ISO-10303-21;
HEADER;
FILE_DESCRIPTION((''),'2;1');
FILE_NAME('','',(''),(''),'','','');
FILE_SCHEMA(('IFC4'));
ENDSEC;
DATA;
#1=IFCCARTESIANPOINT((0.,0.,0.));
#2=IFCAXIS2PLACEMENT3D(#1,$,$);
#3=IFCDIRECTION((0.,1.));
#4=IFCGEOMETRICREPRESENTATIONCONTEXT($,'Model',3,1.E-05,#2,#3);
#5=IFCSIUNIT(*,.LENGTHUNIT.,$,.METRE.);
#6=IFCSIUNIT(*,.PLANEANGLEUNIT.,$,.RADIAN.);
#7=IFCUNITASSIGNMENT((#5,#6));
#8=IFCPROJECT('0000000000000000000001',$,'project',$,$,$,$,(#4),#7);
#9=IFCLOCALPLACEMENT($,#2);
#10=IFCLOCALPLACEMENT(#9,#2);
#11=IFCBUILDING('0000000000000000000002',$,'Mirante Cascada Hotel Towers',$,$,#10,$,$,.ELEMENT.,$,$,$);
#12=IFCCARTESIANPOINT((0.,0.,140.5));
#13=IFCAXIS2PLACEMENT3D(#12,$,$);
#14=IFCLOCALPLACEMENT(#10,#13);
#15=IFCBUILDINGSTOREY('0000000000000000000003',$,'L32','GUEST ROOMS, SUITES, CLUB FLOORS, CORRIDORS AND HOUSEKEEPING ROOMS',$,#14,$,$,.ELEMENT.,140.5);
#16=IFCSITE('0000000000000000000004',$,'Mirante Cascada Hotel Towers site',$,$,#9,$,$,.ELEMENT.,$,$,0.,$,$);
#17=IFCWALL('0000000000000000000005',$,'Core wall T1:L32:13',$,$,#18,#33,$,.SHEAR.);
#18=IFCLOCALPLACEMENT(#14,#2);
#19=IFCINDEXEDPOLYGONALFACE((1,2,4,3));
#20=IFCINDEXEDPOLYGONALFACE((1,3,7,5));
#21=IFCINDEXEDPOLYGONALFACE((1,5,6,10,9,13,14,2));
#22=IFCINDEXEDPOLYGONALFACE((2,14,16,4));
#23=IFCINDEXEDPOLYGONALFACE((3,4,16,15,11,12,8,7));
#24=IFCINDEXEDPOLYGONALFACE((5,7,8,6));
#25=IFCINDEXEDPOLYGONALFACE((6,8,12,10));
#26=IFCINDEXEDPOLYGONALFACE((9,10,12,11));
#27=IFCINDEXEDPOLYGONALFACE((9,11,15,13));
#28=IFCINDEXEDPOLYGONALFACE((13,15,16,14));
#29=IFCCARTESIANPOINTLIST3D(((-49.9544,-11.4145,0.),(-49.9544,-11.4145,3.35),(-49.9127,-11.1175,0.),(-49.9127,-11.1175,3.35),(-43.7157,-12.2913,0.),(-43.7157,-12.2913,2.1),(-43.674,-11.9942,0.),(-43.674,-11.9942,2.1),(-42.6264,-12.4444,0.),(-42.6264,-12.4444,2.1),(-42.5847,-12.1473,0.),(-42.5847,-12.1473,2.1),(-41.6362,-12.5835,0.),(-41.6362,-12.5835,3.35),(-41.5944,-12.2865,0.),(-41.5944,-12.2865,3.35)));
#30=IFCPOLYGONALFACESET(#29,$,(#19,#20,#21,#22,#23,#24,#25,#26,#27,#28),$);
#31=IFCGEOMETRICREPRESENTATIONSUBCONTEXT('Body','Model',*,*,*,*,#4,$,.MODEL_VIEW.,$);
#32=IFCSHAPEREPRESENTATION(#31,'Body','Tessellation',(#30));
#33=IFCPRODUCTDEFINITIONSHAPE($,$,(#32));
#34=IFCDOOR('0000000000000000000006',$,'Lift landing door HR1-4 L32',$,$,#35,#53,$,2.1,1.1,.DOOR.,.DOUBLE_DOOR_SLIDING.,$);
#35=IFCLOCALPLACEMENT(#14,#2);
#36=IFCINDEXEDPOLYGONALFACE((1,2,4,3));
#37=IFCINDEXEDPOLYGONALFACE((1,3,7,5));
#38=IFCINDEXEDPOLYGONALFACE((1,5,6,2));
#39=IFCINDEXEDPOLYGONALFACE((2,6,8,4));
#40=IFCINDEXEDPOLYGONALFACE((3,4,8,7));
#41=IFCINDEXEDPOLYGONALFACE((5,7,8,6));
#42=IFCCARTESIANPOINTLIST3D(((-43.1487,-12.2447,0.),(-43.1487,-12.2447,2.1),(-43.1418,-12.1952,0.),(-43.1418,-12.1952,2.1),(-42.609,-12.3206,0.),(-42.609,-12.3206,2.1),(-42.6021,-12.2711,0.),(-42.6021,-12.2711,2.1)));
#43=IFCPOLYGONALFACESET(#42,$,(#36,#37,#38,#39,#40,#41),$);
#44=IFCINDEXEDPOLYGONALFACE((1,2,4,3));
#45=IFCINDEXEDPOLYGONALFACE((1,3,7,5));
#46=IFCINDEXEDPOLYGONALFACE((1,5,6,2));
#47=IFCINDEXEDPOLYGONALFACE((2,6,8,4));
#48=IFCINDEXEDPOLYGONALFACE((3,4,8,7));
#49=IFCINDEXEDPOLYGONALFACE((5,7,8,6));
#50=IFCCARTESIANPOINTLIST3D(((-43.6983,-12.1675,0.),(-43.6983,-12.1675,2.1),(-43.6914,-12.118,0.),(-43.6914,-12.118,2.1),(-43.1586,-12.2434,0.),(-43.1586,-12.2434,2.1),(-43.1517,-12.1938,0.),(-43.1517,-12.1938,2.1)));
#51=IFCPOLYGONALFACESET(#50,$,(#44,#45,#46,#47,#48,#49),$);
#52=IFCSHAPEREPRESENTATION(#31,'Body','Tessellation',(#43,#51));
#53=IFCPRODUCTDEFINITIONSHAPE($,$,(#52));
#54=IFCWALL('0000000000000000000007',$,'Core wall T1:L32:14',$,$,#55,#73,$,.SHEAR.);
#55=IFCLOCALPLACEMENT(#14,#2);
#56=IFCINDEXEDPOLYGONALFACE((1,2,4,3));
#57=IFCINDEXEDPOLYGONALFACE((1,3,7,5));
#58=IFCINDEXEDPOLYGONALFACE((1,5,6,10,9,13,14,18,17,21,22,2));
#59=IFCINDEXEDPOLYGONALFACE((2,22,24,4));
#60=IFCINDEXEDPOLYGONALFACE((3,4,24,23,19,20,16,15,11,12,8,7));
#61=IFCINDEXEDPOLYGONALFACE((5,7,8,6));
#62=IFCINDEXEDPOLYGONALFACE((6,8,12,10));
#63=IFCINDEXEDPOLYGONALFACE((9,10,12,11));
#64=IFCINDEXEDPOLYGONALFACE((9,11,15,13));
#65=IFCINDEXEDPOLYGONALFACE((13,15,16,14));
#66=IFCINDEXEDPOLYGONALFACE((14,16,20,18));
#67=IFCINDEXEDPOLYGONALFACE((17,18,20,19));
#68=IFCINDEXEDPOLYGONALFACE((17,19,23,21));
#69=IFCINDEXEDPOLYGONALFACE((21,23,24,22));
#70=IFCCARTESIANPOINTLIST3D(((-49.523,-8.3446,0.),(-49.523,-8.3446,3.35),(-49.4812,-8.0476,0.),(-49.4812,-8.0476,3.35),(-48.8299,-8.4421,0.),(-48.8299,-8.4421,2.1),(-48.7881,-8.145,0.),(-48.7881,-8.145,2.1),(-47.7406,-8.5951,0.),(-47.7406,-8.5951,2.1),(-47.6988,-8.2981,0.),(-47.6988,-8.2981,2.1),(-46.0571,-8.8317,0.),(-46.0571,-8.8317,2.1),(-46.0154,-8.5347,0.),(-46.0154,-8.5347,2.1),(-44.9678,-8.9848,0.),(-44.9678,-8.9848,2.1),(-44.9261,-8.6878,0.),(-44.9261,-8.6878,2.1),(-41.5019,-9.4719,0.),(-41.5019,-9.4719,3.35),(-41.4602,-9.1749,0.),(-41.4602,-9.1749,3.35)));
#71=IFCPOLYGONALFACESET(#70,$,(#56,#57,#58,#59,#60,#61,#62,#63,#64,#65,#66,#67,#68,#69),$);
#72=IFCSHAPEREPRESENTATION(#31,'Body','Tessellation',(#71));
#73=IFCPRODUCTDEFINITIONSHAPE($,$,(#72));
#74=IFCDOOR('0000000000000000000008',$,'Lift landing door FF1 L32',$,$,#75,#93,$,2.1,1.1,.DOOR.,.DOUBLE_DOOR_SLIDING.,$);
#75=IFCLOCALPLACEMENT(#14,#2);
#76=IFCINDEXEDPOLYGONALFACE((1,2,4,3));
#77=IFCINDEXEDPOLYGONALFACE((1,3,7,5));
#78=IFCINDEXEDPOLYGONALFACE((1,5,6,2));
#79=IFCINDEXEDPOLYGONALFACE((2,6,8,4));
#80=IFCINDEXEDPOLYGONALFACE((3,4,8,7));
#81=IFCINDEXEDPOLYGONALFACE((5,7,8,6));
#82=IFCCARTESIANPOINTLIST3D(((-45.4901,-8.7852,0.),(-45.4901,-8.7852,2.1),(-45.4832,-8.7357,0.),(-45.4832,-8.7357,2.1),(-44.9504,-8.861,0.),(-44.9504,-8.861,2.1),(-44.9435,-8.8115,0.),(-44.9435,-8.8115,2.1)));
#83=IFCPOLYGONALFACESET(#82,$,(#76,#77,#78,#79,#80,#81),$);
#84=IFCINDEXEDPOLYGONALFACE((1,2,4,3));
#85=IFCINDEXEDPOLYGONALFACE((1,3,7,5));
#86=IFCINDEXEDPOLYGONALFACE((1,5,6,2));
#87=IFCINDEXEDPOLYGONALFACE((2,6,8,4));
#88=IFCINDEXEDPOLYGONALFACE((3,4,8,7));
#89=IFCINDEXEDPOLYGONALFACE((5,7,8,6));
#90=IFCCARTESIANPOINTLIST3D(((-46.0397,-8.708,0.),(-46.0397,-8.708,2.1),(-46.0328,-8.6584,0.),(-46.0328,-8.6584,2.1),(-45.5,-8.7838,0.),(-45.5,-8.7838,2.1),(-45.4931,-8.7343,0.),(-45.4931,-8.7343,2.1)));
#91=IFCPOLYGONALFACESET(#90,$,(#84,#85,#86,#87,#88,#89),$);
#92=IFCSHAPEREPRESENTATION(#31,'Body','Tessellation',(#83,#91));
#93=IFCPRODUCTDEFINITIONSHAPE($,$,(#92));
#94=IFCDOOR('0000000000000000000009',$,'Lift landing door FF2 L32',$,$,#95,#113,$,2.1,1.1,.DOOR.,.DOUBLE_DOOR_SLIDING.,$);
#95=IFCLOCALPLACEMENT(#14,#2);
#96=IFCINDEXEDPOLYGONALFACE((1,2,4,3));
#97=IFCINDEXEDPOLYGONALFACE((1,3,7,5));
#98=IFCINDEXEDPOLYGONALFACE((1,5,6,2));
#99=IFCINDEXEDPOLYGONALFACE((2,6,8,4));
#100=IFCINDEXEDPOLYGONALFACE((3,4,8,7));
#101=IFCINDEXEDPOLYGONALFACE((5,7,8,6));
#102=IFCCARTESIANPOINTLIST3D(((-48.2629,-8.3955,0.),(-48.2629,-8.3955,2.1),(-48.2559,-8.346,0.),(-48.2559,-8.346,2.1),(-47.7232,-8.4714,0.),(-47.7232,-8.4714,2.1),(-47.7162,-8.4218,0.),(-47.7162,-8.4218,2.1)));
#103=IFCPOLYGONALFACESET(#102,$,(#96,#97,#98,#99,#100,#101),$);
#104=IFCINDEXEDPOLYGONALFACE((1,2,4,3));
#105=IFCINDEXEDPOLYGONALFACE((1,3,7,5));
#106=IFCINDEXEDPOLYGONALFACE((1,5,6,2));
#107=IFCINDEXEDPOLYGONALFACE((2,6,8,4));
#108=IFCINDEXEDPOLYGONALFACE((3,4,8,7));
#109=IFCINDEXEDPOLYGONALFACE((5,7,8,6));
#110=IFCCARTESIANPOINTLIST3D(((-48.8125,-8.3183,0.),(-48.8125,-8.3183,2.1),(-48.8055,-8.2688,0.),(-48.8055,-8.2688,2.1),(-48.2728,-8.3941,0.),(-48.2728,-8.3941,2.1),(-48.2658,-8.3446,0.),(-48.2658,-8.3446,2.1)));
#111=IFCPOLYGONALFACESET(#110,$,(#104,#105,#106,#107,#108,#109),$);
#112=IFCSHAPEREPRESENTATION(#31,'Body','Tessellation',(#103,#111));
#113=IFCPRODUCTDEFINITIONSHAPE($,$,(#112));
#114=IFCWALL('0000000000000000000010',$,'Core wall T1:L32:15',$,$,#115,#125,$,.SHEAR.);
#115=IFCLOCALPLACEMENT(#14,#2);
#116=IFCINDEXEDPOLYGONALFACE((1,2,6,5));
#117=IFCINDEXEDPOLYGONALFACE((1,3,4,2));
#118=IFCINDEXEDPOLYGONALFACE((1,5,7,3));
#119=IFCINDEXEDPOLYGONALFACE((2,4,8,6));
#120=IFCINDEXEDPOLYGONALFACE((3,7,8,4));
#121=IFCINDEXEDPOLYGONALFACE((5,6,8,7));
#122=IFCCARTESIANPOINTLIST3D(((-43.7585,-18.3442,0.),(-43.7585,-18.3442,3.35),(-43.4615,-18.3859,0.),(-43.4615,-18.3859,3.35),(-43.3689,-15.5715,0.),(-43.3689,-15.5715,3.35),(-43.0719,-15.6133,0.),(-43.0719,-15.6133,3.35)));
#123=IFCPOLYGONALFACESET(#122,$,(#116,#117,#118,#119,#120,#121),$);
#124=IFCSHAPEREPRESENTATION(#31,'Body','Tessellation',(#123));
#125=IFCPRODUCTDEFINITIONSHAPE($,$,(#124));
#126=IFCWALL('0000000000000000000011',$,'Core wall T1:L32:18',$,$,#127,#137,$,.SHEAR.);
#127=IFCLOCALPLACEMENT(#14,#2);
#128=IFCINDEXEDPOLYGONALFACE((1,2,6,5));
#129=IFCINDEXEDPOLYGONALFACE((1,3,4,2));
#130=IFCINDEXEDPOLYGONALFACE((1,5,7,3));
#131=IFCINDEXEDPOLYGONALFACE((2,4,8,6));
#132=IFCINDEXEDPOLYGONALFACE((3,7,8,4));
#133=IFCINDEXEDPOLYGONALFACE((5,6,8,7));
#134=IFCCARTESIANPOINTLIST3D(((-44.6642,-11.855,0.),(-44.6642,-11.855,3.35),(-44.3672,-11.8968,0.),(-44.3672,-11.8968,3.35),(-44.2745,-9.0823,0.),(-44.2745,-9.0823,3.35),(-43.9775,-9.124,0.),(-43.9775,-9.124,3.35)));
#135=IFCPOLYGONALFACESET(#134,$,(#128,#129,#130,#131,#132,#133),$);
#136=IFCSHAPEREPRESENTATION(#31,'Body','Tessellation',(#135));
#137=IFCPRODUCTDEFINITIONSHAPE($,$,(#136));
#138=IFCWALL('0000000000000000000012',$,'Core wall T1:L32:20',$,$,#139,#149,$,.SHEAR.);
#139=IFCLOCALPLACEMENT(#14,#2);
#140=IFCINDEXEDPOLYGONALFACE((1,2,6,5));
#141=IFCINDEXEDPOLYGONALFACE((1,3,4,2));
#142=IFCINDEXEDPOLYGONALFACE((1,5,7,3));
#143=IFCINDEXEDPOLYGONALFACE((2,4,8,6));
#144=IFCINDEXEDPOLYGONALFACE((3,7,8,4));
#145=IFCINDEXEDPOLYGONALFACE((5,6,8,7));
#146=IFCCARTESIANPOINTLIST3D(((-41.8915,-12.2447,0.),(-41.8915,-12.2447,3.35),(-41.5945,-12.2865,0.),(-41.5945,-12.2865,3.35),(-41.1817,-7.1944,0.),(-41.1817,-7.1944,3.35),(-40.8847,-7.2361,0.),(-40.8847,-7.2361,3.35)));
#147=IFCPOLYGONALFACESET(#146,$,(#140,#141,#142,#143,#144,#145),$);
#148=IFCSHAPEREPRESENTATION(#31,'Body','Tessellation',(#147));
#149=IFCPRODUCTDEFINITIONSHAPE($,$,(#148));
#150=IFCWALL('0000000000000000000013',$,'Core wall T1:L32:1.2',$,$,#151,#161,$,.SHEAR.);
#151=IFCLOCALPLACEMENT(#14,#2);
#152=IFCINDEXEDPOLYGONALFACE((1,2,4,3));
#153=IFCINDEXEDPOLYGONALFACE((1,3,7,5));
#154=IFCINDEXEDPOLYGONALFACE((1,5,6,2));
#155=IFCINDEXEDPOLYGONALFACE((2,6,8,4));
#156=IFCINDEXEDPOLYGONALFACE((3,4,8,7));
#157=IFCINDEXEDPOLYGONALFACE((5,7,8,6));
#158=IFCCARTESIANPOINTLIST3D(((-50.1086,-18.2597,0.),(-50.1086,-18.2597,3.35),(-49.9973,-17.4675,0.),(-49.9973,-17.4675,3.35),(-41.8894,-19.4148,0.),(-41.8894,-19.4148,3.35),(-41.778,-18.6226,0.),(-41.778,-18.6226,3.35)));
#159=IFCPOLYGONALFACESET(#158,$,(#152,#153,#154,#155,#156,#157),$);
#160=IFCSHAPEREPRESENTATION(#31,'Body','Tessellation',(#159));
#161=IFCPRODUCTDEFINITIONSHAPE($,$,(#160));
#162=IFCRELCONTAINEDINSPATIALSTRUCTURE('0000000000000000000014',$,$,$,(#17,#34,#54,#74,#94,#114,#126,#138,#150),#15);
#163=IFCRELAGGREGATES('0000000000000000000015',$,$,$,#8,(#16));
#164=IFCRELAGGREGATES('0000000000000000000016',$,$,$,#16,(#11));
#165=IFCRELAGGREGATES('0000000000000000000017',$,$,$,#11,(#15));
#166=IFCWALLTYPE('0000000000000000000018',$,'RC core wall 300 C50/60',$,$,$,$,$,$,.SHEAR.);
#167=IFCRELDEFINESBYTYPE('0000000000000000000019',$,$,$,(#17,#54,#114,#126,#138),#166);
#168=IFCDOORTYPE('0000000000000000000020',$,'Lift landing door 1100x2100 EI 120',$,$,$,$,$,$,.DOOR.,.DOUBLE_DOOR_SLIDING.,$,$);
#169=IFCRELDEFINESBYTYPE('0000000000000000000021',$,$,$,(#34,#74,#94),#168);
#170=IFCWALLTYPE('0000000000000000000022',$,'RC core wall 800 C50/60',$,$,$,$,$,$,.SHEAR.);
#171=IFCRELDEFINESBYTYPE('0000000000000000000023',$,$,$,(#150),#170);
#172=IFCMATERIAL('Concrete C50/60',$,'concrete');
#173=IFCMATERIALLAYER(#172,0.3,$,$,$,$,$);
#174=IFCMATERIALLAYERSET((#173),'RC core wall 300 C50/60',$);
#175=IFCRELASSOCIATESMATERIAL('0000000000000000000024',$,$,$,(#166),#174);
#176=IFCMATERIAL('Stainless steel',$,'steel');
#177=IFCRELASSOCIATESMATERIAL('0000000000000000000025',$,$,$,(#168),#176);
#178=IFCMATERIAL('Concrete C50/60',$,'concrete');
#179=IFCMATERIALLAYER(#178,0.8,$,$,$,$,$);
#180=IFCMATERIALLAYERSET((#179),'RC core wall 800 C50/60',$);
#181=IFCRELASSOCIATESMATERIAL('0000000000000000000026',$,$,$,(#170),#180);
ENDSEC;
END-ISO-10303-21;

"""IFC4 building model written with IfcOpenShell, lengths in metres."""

from ifc_helpers import new_model, si_unit, direction, frame, frame_2d, origin, place, context, subcontext, project, spatial, rectangle, extrude, material, layer, layer_set, type_object, element, fill, save


model = new_model("IFC4")

# Units and contexts
model_context = context("Model", 3, precision=1e-05, world=origin(), true_north=direction((0.0, 1.0)))
body_context = subcontext(model_context, "Body", "Model", "MODEL_VIEW")
ifc_project = project(units=[si_unit("LENGTHUNIT", "METRE"), si_unit("PLANEANGLEUNIT", "RADIAN")], contexts=[model_context])

# Site, building, storey
site_placement = place(None, origin())
site = spatial("IfcSite", under=ifc_project, at=site_placement, Name="Mirante Cascada Hotel Towers site", CompositionType="ELEMENT", RefElevation=0.0)
building_placement = place(site_placement, origin())
building = spatial("IfcBuilding", under=site, at=building_placement, Name="Mirante Cascada Hotel Towers", CompositionType="ELEMENT")
storey_placement = place(building_placement, frame((0.0, 0.0, 140.5)))
storey = spatial("IfcBuildingStorey", under=building, at=storey_placement, Name="L32", Description="GUEST ROOMS, SUITES, CLUB FLOORS, CORRIDORS AND HOUSEKEEPING ROOMS", CompositionType="ELEMENT", Elevation=140.5)

# Shared definitions
ifc_material_1 = material(Name="Concrete C50/60", Category="concrete")
ifc_layer_1 = layer(ifc_material_1, 0.3)
ifc_layer_set_1 = layer_set([ifc_layer_1], Name="RC core wall 300 C50/60")
wall_type_1 = type_object("IfcWallType", Name="RC core wall 300 C50/60", PredefinedType="SHEAR", material=ifc_layer_set_1)

# Shared definitions
ifc_material_2 = material(Name="Stainless steel", Category="steel")
door_type_1 = type_object("IfcDoorType", Name="Lift landing door 1100x2100 EI 120", OperationType="DOUBLE_DOOR_SLIDING", PredefinedType="DOOR", material=ifc_material_2)

# Wall, opening, door
wall_1_placement = place(storey_placement, frame((-41.6153, -12.435, 0.0), z_axis=(0.0, 0.0, 1.0), x_axis=(-0.990269, 0.139166, 0.0)))
wall_1 = element("IfcWall", 1, at=wall_1_placement, inside=storey, type_object=wall_type_1, Name="Core wall T1:L32:13", PredefinedType="SHEAR", context=body_context, shape_type="SweptSolid", body=[
    extrude(rectangle(XDim=8.4, YDim=0.3, at=frame_2d((4.2, 0.0))), origin(), (0.0, 0.0, 1.0), 3.35),
])
opening_1_placement = place(wall_1_placement, frame((1.0, 0.0, 0.0)))
opening_1 = element("IfcOpeningElement", 2, at=opening_1_placement, cuts=wall_1, PredefinedType="OPENING", context=body_context, shape_type="SweptSolid", body=[
    extrude(rectangle(XDim=1.1, YDim=2.1, at=frame_2d((0.55, 1.05))), frame((0.0, 0.15, 0.0), z_axis=(0.0, -1.0, 0.0), x_axis=(1.0, 0.0, 0.0)), (0.0, 0.0, 1.0), 0.3),
])
door_1_placement = place(opening_1_placement, origin())
door_1 = element("IfcDoor", 3, at=door_1_placement, inside=storey, type_object=door_type_1, Name="Lift landing door HR1-4 L32", OperationType="DOUBLE_DOOR_SLIDING", OverallHeight=2.1, OverallWidth=1.1, PredefinedType="DOOR", context=body_context, shape_type="SweptSolid", body=[
    extrude(rectangle(XDim=0.545, YDim=2.1, at=frame_2d((0.2725, 1.05))), frame((0.0, 0.025, 0.0), z_axis=(0.0, -1.0, 0.0), x_axis=(1.0, 0.0, 0.0)), (0.0, 0.0, 1.0), 0.05),
    extrude(rectangle(XDim=0.545, YDim=2.1, at=frame_2d((0.8275, 1.05))), frame((0.0, 0.025, 0.0), z_axis=(0.0, -1.0, 0.0), x_axis=(1.0, 0.0, 0.0)), (0.0, 0.0, 1.0), 0.05),
])
fill(opening_1, door_1)

# Wall, openings, doors
wall_2_placement = place(storey_placement, frame((-41.481, -9.3234, 0.0), z_axis=(0.0, 0.0, 1.0), x_axis=(-0.990268, 0.139174, 0.0)))
wall_2 = element("IfcWall", 4, at=wall_2_placement, inside=storey, type_object=wall_type_1, Name="Core wall T1:L32:14", PredefinedType="SHEAR", context=body_context, shape_type="SweptSolid", body=[
    extrude(rectangle(XDim=8.0999, YDim=0.3, at=frame_2d((4.05, 0.0))), origin(), (0.0, 0.0, 1.0), 3.35),
])
opening_2_placement = place(wall_2_placement, frame((3.5, 0.0, 0.0)))
opening_2 = element("IfcOpeningElement", 5, at=opening_2_placement, cuts=wall_2, PredefinedType="OPENING", context=body_context, shape_type="SweptSolid", body=[
    extrude(rectangle(XDim=1.1, YDim=2.1, at=frame_2d((0.55, 1.05))), frame((0.0, 0.15, 0.0), z_axis=(0.0, -1.0, 0.0), x_axis=(1.0, 0.0, 0.0)), (0.0, 0.0, 1.0), 0.3),
])
opening_3_placement = place(wall_2_placement, frame((6.3, 0.0, 0.0)))
opening_3 = element("IfcOpeningElement", 6, at=opening_3_placement, cuts=wall_2, PredefinedType="OPENING", context=body_context, shape_type="SweptSolid", body=[
    extrude(rectangle(XDim=1.1, YDim=2.1, at=frame_2d((0.55, 1.05))), frame((0.0, 0.15, 0.0), z_axis=(0.0, -1.0, 0.0), x_axis=(1.0, 0.0, 0.0)), (0.0, 0.0, 1.0), 0.3),
])
door_2_placement = place(opening_2_placement, origin())
door_2 = element("IfcDoor", 7, at=door_2_placement, inside=storey, type_object=door_type_1, Name="Lift landing door FF1 L32", OperationType="DOUBLE_DOOR_SLIDING", OverallHeight=2.1, OverallWidth=1.1, PredefinedType="DOOR", context=body_context, shape_type="SweptSolid", body=[
    extrude(rectangle(XDim=0.545, YDim=2.1, at=frame_2d((0.2725, 1.05))), frame((0.0, 0.025, 0.0), z_axis=(0.0, -1.0, 0.0), x_axis=(1.0, 0.0, 0.0)), (0.0, 0.0, 1.0), 0.05),
    extrude(rectangle(XDim=0.545, YDim=2.1, at=frame_2d((0.8275, 1.05))), frame((0.0, 0.025, 0.0), z_axis=(0.0, -1.0, 0.0), x_axis=(1.0, 0.0, 0.0)), (0.0, 0.0, 1.0), 0.05),
])
fill(opening_2, door_2)
door_3_placement = place(opening_3_placement, origin())
door_3 = element("IfcDoor", 8, at=door_3_placement, inside=storey, type_object=door_type_1, Name="Lift landing door FF2 L32", OperationType="DOUBLE_DOOR_SLIDING", OverallHeight=2.1, OverallWidth=1.1, PredefinedType="DOOR", context=body_context, shape_type="SweptSolid", body=[
    extrude(rectangle(XDim=0.545, YDim=2.1, at=frame_2d((0.2725, 1.05))), frame((0.0, 0.025, 0.0), z_axis=(0.0, -1.0, 0.0), x_axis=(1.0, 0.0, 0.0)), (0.0, 0.0, 1.0), 0.05),
    extrude(rectangle(XDim=0.545, YDim=2.1, at=frame_2d((0.8275, 1.05))), frame((0.0, 0.025, 0.0), z_axis=(0.0, -1.0, 0.0), x_axis=(1.0, 0.0, 0.0)), (0.0, 0.0, 1.0), 0.05),
])
fill(opening_3, door_3)

# Walls
wall_3_placement = place(storey_placement, frame((-43.61, -18.3651, 0.0), z_axis=(0.0, 0.0, 1.0), x_axis=(0.139146, 0.990272, 0.0)))
element("IfcWall", 9, at=wall_3_placement, inside=storey, type_object=wall_type_1, Name="Core wall T1:L32:15", PredefinedType="SHEAR", context=body_context, shape_type="SweptSolid", body=[
    extrude(rectangle(XDim=2.7999, YDim=0.3, at=frame_2d((1.4, 0.0))), origin(), (0.0, 0.0, 1.0), 3.35),
])
wall_4_placement = place(storey_placement, frame((-44.5157, -11.8759, 0.0), z_axis=(0.0, 0.0, 1.0), x_axis=(0.139181, 0.990267, 0.0)))
element("IfcWall", 10, at=wall_4_placement, inside=storey, type_object=wall_type_1, Name="Core wall T1:L32:18", PredefinedType="SHEAR", context=body_context, shape_type="SweptSolid", body=[
    extrude(rectangle(XDim=2.8, YDim=0.3, at=frame_2d((1.4, 0.0))), origin(), (0.0, 0.0, 1.0), 3.35),
])
wall_5_placement = place(storey_placement, frame((-41.743, -12.2656, 0.0), z_axis=(0.0, 0.0, 1.0), x_axis=(0.139176, 0.990268, 0.0)))
element("IfcWall", 11, at=wall_5_placement, inside=storey, type_object=wall_type_1, Name="Core wall T1:L32:20", PredefinedType="SHEAR", context=body_context, shape_type="SweptSolid", body=[
    extrude(rectangle(XDim=5.1, YDim=0.3, at=frame_2d((2.55, 0.0))), origin(), (0.0, 0.0, 1.0), 3.35),
])
ifc_material_3 = material(Name="Concrete C50/60", Category="concrete")
ifc_layer_2 = layer(ifc_material_3, 0.8)
ifc_layer_set_2 = layer_set([ifc_layer_2], Name="RC core wall 800 C50/60")
wall_type_2 = type_object("IfcWallType", Name="RC core wall 800 C50/60", PredefinedType="SHEAR", material=ifc_layer_set_2)
wall_6_placement = place(storey_placement, frame((-41.8337, -19.0187, 0.0), z_axis=(0.0, 0.0, 1.0), x_axis=(-0.990269, 0.139169, 0.0)))
element("IfcWall", 12, at=wall_6_placement, inside=storey, type_object=wall_type_2, Name="Core wall T1:L32:1.2", PredefinedType="SHEAR", context=body_context, shape_type="SweptSolid", body=[
    extrude(rectangle(XDim=8.3, YDim=0.8, at=frame_2d((4.15, 0.0))), origin(), (0.0, 0.0, 1.0), 3.35),
])

save(model, "model.ifc")
